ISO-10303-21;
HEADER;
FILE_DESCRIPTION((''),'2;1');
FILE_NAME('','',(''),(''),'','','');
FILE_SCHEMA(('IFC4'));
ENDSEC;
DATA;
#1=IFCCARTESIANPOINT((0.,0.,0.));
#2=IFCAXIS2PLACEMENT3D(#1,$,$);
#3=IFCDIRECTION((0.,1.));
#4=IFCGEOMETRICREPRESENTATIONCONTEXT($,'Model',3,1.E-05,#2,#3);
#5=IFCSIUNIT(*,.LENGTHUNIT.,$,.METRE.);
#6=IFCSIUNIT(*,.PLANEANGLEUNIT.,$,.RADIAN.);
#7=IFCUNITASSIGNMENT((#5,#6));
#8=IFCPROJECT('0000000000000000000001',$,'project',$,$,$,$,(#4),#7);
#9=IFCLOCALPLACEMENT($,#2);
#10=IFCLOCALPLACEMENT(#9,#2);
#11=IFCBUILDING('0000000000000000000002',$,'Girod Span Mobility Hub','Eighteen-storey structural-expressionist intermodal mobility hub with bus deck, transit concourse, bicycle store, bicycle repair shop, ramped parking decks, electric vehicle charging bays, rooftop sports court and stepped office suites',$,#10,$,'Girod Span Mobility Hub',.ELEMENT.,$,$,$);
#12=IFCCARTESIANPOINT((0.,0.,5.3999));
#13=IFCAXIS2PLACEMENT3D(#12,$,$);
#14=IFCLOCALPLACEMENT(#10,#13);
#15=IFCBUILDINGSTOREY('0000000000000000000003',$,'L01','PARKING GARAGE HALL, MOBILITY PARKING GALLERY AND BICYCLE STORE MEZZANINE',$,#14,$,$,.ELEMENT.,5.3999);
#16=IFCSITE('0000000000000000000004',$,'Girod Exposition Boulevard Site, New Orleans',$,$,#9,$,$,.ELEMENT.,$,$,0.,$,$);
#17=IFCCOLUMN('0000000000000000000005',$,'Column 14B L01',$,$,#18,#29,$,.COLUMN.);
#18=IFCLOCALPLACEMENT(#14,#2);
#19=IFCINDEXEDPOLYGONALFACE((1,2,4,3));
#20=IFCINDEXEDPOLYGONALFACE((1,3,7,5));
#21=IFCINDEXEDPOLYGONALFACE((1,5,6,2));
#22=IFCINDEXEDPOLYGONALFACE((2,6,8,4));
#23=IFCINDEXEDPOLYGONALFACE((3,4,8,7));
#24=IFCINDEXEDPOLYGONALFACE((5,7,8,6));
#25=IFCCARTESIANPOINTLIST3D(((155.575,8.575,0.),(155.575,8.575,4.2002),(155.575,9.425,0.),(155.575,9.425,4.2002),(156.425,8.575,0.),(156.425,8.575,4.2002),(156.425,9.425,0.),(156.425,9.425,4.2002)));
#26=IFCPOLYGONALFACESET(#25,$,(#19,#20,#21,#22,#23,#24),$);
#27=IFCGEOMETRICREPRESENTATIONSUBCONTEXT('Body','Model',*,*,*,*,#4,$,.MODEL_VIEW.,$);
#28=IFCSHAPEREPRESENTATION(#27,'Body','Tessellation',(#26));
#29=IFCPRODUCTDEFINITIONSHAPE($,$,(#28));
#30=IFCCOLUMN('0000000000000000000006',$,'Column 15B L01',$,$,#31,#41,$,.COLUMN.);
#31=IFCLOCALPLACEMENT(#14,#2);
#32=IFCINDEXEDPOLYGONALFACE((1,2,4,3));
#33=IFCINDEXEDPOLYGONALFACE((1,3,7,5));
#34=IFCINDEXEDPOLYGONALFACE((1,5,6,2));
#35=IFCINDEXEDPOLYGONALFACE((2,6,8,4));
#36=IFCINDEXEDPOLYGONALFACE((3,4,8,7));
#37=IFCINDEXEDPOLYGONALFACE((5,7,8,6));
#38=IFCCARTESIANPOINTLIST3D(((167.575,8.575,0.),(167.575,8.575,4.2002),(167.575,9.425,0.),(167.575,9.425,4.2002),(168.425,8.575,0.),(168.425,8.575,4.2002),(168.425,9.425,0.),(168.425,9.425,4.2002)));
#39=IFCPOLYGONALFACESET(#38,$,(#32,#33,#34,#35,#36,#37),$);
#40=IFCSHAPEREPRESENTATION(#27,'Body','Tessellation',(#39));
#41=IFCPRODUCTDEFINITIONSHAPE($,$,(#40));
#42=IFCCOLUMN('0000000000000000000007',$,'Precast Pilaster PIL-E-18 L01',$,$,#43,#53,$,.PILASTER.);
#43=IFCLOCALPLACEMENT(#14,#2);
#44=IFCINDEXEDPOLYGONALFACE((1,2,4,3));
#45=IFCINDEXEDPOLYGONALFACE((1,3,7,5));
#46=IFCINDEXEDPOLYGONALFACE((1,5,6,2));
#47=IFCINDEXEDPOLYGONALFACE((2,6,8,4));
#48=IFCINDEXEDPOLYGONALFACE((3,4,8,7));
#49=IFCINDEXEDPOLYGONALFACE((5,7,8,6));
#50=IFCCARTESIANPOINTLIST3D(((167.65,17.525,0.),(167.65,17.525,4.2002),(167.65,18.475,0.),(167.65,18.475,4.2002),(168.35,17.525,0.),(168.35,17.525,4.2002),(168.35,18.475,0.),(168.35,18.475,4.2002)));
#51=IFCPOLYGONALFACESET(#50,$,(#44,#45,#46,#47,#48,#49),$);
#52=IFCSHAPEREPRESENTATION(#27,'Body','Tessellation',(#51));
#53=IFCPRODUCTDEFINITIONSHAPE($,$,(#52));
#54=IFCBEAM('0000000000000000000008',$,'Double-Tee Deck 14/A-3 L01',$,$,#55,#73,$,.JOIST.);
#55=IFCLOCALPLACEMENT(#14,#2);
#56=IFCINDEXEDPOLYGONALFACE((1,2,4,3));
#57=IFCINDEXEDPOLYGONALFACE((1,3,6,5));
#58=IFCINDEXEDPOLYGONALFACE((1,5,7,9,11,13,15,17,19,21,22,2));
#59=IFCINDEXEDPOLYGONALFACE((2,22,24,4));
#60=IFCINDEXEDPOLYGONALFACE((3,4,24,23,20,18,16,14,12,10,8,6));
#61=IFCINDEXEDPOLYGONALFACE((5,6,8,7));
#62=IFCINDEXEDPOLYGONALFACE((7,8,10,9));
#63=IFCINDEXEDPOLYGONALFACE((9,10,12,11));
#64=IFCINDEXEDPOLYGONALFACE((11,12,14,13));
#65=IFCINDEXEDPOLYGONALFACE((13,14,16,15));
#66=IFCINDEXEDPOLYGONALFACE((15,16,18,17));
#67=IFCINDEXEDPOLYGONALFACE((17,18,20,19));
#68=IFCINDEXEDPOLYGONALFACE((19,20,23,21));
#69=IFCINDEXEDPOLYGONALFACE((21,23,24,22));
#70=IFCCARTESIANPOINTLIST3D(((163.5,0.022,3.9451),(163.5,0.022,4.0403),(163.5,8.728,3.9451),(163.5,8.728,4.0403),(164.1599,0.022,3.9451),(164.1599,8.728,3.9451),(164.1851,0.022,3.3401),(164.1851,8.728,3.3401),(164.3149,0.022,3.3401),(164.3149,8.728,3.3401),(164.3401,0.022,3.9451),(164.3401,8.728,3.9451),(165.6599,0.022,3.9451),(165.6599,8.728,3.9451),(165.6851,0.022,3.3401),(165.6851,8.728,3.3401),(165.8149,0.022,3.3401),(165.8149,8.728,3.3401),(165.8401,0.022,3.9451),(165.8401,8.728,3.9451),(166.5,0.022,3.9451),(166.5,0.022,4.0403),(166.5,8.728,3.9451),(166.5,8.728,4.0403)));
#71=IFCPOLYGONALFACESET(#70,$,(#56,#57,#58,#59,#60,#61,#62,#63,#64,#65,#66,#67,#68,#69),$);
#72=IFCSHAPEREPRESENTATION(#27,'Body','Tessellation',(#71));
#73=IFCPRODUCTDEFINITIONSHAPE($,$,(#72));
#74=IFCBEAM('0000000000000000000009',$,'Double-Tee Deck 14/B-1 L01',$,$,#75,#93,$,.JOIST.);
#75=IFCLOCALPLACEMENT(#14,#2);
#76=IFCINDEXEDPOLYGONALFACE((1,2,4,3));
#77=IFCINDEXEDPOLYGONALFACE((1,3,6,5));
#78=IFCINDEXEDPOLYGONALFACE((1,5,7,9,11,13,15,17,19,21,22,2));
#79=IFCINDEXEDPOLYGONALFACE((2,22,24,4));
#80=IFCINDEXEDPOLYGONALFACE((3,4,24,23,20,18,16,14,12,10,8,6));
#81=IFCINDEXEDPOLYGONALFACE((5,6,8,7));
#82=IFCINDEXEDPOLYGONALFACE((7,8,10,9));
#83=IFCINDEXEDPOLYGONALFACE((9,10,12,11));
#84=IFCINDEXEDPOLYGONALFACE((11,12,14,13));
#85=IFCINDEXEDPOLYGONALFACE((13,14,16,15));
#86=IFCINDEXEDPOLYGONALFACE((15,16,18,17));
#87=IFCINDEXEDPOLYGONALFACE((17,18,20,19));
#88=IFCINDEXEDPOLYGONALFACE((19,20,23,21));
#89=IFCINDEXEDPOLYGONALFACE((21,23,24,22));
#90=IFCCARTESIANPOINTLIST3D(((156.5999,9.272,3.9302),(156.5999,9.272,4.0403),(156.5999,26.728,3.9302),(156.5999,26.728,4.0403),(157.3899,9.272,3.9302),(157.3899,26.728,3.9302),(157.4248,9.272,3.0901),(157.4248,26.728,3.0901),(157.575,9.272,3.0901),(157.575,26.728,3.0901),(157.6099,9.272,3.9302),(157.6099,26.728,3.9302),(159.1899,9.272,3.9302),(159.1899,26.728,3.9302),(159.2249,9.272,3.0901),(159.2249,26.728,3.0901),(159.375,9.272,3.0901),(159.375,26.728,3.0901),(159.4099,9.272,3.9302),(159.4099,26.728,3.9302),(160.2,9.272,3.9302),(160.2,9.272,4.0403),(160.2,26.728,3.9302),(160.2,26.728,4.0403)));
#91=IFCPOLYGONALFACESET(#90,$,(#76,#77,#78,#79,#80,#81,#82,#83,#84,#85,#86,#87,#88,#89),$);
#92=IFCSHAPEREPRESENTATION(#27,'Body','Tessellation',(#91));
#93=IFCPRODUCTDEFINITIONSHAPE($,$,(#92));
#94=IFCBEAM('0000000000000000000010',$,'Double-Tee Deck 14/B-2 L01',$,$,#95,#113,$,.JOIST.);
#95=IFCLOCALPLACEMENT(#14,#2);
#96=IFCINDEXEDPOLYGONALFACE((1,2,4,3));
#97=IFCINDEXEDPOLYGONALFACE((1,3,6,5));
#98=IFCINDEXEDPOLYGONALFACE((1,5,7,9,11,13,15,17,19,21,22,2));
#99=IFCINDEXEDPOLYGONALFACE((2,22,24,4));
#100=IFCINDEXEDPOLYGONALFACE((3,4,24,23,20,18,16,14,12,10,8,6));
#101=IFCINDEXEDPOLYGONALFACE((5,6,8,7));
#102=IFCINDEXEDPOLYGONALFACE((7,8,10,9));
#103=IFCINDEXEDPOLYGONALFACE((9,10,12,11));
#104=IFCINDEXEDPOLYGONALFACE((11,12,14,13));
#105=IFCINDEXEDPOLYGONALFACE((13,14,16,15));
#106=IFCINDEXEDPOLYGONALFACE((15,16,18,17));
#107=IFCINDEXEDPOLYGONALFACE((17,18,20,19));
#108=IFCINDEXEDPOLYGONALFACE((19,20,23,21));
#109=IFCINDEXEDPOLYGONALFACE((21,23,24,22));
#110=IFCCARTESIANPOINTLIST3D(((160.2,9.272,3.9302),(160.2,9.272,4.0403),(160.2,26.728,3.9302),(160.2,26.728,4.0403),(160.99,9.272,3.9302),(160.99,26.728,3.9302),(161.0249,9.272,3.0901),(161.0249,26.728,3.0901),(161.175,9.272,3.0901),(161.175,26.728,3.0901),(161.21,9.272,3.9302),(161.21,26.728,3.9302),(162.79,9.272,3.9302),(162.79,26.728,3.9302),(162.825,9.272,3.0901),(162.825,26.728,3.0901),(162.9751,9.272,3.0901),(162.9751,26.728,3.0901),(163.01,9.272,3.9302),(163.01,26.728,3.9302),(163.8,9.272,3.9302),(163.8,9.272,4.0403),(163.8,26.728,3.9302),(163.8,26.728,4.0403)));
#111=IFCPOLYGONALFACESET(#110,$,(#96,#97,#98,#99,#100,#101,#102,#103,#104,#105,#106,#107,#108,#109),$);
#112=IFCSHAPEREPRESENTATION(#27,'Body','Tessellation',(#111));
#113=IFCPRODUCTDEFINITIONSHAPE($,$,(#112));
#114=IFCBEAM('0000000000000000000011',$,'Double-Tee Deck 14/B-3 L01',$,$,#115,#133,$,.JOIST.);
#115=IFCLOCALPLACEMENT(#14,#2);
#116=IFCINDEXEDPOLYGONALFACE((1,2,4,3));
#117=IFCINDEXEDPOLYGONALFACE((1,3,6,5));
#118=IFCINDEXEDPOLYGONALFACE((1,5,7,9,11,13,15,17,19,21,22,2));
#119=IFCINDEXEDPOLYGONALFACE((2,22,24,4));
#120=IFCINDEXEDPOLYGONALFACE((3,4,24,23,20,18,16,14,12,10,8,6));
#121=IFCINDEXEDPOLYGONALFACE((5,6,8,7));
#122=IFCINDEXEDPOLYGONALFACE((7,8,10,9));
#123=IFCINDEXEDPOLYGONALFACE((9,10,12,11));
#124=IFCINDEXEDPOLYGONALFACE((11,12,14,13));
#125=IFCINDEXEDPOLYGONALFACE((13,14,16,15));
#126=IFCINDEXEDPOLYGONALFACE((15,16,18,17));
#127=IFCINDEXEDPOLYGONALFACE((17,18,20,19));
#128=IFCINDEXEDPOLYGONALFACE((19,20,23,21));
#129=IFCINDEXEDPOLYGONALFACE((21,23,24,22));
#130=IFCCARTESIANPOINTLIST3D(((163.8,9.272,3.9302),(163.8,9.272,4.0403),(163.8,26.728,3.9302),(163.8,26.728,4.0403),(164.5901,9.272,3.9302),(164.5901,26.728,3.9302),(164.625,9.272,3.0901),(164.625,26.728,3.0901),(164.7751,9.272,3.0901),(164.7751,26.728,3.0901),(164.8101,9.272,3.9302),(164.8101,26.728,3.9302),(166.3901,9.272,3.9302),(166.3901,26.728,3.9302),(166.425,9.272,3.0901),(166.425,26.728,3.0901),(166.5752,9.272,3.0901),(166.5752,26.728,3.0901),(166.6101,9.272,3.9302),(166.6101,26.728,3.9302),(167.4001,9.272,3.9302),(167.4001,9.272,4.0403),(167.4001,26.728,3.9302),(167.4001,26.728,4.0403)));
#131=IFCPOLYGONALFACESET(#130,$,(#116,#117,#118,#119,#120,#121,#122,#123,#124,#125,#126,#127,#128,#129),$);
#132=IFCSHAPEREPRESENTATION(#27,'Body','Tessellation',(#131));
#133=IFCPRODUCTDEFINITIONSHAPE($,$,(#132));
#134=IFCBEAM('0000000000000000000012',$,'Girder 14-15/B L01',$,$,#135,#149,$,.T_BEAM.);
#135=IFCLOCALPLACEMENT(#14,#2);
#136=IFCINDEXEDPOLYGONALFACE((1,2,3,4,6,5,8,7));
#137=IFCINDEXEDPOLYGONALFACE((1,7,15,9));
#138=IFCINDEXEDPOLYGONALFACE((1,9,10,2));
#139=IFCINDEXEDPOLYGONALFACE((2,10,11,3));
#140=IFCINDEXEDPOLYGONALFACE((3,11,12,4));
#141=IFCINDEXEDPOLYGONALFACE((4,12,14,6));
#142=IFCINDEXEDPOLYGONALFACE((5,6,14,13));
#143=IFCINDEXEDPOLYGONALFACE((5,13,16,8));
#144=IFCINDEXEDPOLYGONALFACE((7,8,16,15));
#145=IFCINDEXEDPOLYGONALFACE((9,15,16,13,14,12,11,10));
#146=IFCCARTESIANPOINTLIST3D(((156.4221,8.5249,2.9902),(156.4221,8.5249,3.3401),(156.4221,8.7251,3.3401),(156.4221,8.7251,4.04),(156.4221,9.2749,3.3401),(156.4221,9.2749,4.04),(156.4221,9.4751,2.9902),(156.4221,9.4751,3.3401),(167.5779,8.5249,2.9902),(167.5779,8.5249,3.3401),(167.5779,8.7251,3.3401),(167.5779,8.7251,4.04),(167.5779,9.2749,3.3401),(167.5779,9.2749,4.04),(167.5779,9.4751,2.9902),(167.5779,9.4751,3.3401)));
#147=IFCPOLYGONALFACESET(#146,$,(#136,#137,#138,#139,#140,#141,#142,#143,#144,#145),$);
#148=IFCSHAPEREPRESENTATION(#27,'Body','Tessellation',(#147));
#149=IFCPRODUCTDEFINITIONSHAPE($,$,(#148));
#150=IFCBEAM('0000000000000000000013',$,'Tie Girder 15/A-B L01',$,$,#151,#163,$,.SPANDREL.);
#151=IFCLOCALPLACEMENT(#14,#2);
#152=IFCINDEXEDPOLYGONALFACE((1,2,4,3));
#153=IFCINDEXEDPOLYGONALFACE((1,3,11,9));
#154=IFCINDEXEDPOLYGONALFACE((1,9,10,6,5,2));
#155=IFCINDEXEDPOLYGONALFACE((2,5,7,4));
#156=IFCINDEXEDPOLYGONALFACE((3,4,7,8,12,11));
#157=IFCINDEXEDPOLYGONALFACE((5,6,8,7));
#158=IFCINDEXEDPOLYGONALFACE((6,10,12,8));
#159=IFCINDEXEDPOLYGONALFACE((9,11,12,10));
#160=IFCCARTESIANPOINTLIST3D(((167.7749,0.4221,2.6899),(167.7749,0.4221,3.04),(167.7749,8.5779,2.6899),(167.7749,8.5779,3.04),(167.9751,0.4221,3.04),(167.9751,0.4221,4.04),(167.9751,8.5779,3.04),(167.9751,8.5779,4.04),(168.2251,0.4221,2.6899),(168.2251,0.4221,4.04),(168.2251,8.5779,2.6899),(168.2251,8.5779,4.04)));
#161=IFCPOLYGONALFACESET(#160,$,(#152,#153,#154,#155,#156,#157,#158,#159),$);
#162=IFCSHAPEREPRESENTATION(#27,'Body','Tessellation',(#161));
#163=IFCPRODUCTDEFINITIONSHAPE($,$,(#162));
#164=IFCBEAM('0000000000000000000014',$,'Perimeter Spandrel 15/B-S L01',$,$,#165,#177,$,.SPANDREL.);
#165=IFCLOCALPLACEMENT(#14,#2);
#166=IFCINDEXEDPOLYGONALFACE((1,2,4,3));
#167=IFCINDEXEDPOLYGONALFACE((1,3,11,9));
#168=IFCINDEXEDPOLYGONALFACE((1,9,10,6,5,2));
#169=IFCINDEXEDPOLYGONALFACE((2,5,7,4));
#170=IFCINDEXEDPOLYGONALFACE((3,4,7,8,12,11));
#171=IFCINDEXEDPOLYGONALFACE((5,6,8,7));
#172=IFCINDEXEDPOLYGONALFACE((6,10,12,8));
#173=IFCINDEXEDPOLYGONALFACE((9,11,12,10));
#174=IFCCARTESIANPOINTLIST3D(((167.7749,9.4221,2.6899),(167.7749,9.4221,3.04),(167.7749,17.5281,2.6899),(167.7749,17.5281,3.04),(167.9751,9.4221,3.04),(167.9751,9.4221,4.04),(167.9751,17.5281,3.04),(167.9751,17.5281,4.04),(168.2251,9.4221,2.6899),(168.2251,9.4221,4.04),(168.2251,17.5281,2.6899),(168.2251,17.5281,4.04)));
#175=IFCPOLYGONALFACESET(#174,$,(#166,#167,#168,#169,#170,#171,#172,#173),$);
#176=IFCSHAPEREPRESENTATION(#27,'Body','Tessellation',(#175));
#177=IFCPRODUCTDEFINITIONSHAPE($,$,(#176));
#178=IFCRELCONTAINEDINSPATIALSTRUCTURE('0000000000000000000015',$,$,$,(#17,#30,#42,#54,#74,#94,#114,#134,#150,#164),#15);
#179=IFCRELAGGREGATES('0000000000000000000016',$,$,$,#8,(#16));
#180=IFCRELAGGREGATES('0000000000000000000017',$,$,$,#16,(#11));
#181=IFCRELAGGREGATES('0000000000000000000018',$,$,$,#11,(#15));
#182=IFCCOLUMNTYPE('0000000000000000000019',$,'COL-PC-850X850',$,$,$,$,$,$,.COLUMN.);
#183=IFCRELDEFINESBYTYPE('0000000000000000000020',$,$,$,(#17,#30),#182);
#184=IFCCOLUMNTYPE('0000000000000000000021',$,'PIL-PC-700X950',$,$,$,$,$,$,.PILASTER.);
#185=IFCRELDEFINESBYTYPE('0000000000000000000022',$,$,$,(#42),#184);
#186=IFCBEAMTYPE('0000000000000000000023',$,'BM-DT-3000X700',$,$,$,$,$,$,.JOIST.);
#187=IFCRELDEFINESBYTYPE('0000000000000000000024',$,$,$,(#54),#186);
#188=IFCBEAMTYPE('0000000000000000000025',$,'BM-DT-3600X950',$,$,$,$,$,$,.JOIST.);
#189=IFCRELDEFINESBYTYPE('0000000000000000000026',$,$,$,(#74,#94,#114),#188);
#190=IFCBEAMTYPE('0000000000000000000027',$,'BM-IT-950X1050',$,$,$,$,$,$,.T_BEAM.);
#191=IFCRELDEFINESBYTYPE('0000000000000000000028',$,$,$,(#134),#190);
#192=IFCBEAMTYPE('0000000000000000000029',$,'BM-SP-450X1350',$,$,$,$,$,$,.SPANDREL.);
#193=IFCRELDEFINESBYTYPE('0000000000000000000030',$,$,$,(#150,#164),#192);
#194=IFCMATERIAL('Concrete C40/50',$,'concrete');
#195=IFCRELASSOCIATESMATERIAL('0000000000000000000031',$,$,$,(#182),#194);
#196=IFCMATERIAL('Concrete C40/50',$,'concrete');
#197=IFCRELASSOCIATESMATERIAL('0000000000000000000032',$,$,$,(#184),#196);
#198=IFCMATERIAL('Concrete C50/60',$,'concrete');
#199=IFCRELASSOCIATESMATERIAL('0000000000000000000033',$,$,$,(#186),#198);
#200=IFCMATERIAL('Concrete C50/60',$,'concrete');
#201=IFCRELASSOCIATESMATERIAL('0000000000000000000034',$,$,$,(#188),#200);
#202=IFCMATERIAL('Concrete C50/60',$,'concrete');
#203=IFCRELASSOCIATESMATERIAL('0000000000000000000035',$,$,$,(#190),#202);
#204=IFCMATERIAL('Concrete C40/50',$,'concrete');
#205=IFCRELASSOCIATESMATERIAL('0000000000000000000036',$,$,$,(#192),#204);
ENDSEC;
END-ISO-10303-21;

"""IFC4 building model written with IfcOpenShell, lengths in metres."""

from ifc_helpers import new_model, si_unit, direction, frame, origin, origin_2d, place, context, subcontext, project, spatial, polyline, rectangle, outline, extrude, material, material_profile, profile_set, type_object, element, save


model = new_model("IFC4")

# Units and contexts
model_context = context("Model", 3, precision=1e-05, world=origin(), true_north=direction((0.0, 1.0)))
body_context = subcontext(model_context, "Body", "Model", "MODEL_VIEW")
ifc_project = project(units=[si_unit("LENGTHUNIT", "METRE"), si_unit("PLANEANGLEUNIT", "RADIAN")], contexts=[model_context])

# Site, building, storey
site_placement = place(None, origin())
site = spatial("IfcSite", under=ifc_project, at=site_placement, Name="Girod Exposition Boulevard Site, New Orleans", CompositionType="ELEMENT", RefElevation=0.0)
building_placement = place(site_placement, origin())
building = spatial("IfcBuilding", under=site, at=building_placement, Name="Girod Span Mobility Hub", Description="Eighteen-storey structural-expressionist intermodal mobility hub with bus deck, transit concourse, bicycle store, bicycle repair shop, ramped parking decks, electric vehicle charging bays, rooftop sports court and stepped office suites", LongName="Girod Span Mobility Hub", CompositionType="ELEMENT")
storey_placement = place(building_placement, frame((0.0, 0.0, 5.3999)))
storey = spatial("IfcBuildingStorey", under=building, at=storey_placement, Name="L01", Description="PARKING GARAGE HALL, MOBILITY PARKING GALLERY AND BICYCLE STORE MEZZANINE", CompositionType="ELEMENT", Elevation=5.3999)

# Columns
ifc_material_1 = material(Name="Concrete C40/50", Category="concrete")
ifc_material_profile_1 = material_profile(ifc_material_1, rectangle(XDim=0.8501, YDim=0.8501, at=origin_2d()), Name="PC-COL-850X850")
ifc_profile_set_1 = profile_set([ifc_material_profile_1], Name="Concrete C40/50")
column_type_1 = type_object("IfcColumnType", Name="COL-PC-850X850", PredefinedType="COLUMN", material=ifc_profile_set_1)
for number, where, z_axis, x_axis, name in (
    (1, (156.0, 9.0, 0.0), (0.0, 0.0, 1.0), (1.0, 0.0, 0.0), "Column 14B L01"),
    (2, (168.0, 9.0, 0.0), (0.0, 0.0, 1.0), (1.0, 0.0, 0.0), "Column 15B L01"),
):
    element("IfcColumn", number, at=place(storey_placement, frame(where, z_axis=z_axis, x_axis=x_axis)), inside=storey, type_object=column_type_1, Name=name, PredefinedType="COLUMN", context=body_context, shape_type="SweptSolid", body=[
        extrude(rectangle(XDim=0.8501, YDim=0.8501, at=origin_2d()), origin(), (0.0, 0.0, 1.0), 4.2002),
    ])
ifc_material_2 = material(Name="Concrete C40/50", Category="concrete")
ifc_material_profile_2 = material_profile(ifc_material_2, rectangle(XDim=0.7, YDim=0.95, at=origin_2d()), Name="PC-PIL-700X950")
ifc_profile_set_2 = profile_set([ifc_material_profile_2], Name="Concrete C40/50")
column_type_2 = type_object("IfcColumnType", Name="PIL-PC-700X950", PredefinedType="PILASTER", material=ifc_profile_set_2)
column_placement = place(storey_placement, frame((168.0, 18.0, 0.0), z_axis=(0.0, 0.0, 1.0), x_axis=(1.0, 0.0, 0.0)))
element("IfcColumn", 3, at=column_placement, inside=storey, type_object=column_type_2, Name="Precast Pilaster PIL-E-18 L01", PredefinedType="PILASTER", context=body_context, shape_type="SweptSolid", body=[
    extrude(rectangle(XDim=0.7, YDim=0.95, at=origin_2d()), origin(), (0.0, 0.0, 1.0), 4.2002),
])

# Beams
ifc_material_3 = material(Name="Concrete C50/60", Category="concrete")
ifc_material_profile_3 = material_profile(ifc_material_3, outline(polyline([(-1.5, 0.3501), (-1.5, 0.2549), (-0.8401, 0.2549), (-0.8149, -0.3501), (-0.6851, -0.3501), (-0.6599, 0.2549), (0.6599, 0.2549), (0.6851, -0.3501), (0.8149, -0.3501), (0.8401, 0.2549), (1.5, 0.2549), (1.5, 0.3501), (-1.5, 0.3501)])), Name="DT-3000X700")
ifc_profile_set_3 = profile_set([ifc_material_profile_3], Name="Concrete C50/60")
beam_type_1 = type_object("IfcBeamType", Name="BM-DT-3000X700", PredefinedType="JOIST", material=ifc_profile_set_3)
beam_1_placement = place(storey_placement, frame((165.0, 0.022, 3.6902), z_axis=(0.0, 1.0, 0.0), x_axis=(-1.0, 0.0, 0.0)))
element("IfcBeam", 4, at=beam_1_placement, inside=storey, type_object=beam_type_1, Name="Double-Tee Deck 14/A-3 L01", PredefinedType="JOIST", context=body_context, shape_type="SweptSolid", body=[
    extrude(outline(polyline([(-1.5, 0.3501), (-1.5, 0.2549), (-0.8401, 0.2549), (-0.8149, -0.3501), (-0.6851, -0.3501), (-0.6599, 0.2549), (0.6599, 0.2549), (0.6851, -0.3501), (0.8149, -0.3501), (0.8401, 0.2549), (1.5, 0.2549), (1.5, 0.3501), (-1.5, 0.3501)])), origin(), (0.0, 0.0, 1.0), 8.7061),
])
ifc_material_4 = material(Name="Concrete C50/60", Category="concrete")
ifc_material_profile_4 = material_profile(ifc_material_4, outline(polyline([(-1.8, 0.4751), (-1.8, 0.365), (-1.01, 0.365), (-0.9751, -0.4751), (-0.825, -0.4751), (-0.79, 0.365), (0.79, 0.365), (0.825, -0.4751), (0.9751, -0.4751), (1.01, 0.365), (1.8, 0.365), (1.8, 0.4751), (-1.8, 0.4751)])), Name="DT-3600X950")
ifc_profile_set_4 = profile_set([ifc_material_profile_4], Name="Concrete C50/60")
beam_type_2 = type_object("IfcBeamType", Name="BM-DT-3600X950", PredefinedType="JOIST", material=ifc_profile_set_4)
for number, where, z_axis, x_axis, name in (
    (5, (158.3999, 9.272, 3.5652), (0.0, 1.0, 0.0), (-1.0, 0.0, 0.0), "Double-Tee Deck 14/B-1 L01"),
    (6, (162.0, 9.272, 3.5652), (0.0, 1.0, 0.0), (-1.0, 0.0, 0.0), "Double-Tee Deck 14/B-2 L01"),
    (7, (165.6001, 9.272, 3.5652), (0.0, 1.0, 0.0), (-1.0, 0.0, 0.0), "Double-Tee Deck 14/B-3 L01"),
):
    element("IfcBeam", number, at=place(storey_placement, frame(where, z_axis=z_axis, x_axis=x_axis)), inside=storey, type_object=beam_type_2, Name=name, PredefinedType="JOIST", context=body_context, shape_type="SweptSolid", body=[
        extrude(outline(polyline([(-1.8, 0.4751), (-1.8, 0.365), (-1.01, 0.365), (-0.9751, -0.4751), (-0.825, -0.4751), (-0.79, 0.365), (0.79, 0.365), (0.825, -0.4751), (0.9751, -0.4751), (1.01, 0.365), (1.8, 0.365), (1.8, 0.4751), (-1.8, 0.4751)])), origin(), (0.0, 0.0, 1.0), 17.4561),
    ])
ifc_material_5 = material(Name="Concrete C50/60", Category="concrete")
ifc_material_profile_5 = material_profile(ifc_material_5, outline(polyline([(-0.4751, -0.5249), (0.4751, -0.5249), (0.4751, -0.175), (0.2749, -0.175), (0.2749, 0.5249), (-0.2749, 0.5249), (-0.2749, -0.175), (-0.4751, -0.175), (-0.4751, -0.5249)])), Name="IT-950X1050")
ifc_profile_set_5 = profile_set([ifc_material_profile_5], Name="Concrete C50/60")
beam_type_3 = type_object("IfcBeamType", Name="BM-IT-950X1050", PredefinedType="T_BEAM", material=ifc_profile_set_5)
beam_2_placement = place(storey_placement, frame((156.4221, 9.0, 3.5151), z_axis=(1.0, 0.0, 0.0), x_axis=(0.0, 1.0, 0.0)))
element("IfcBeam", 8, at=beam_2_placement, inside=storey, type_object=beam_type_3, Name="Girder 14-15/B L01", PredefinedType="T_BEAM", context=body_context, shape_type="SweptSolid", body=[
    extrude(outline(polyline([(-0.4751, -0.5249), (0.4751, -0.5249), (0.4751, -0.175), (0.2749, -0.175), (0.2749, 0.5249), (-0.2749, 0.5249), (-0.2749, -0.175), (-0.4751, -0.175), (-0.4751, -0.5249)])), origin(), (0.0, 0.0, 1.0), 11.1558),
])
ifc_material_6 = material(Name="Concrete C40/50", Category="concrete")
ifc_material_profile_6 = material_profile(ifc_material_6, outline(polyline([(-0.2251, -0.675), (0.2251, -0.675), (0.2251, -0.325), (0.0249, -0.325), (0.0249, 0.675), (-0.2251, 0.675), (-0.2251, -0.675)])), Name="SP-450X1350")
ifc_profile_set_6 = profile_set([ifc_material_profile_6], Name="Concrete C40/50")
beam_type_4 = type_object("IfcBeamType", Name="BM-SP-450X1350", PredefinedType="SPANDREL", material=ifc_profile_set_6)
beam_3_placement = place(storey_placement, frame((168.0, 0.4221, 3.365), z_axis=(0.0, 1.0, 0.0), x_axis=(-1.0, 0.0, 0.0)))
element("IfcBeam", 9, at=beam_3_placement, inside=storey, type_object=beam_type_4, Name="Tie Girder 15/A-B L01", PredefinedType="SPANDREL", context=body_context, shape_type="SweptSolid", body=[
    extrude(outline(polyline([(-0.2251, -0.675), (0.2251, -0.675), (0.2251, -0.325), (0.0249, -0.325), (0.0249, 0.675), (-0.2251, 0.675), (-0.2251, -0.675)])), origin(), (0.0, 0.0, 1.0), 8.1558),
])
for number, where, z_axis, x_axis, name in (
    (10, (168.0, 9.4221, 3.365), (0.0, 1.0, 0.0), (-1.0, 0.0, 0.0), "Perimeter Spandrel 15/B-S L01"),
):
    element("IfcBeam", number, at=place(storey_placement, frame(where, z_axis=z_axis, x_axis=x_axis)), inside=storey, type_object=beam_type_4, Name=name, PredefinedType="SPANDREL", context=body_context, shape_type="SweptSolid", body=[
        extrude(outline(polyline([(-0.2251, -0.675), (0.2251, -0.675), (0.2251, -0.325), (0.0249, -0.325), (0.0249, 0.675), (-0.2251, 0.675), (-0.2251, -0.675)])), origin(), (0.0, 0.0, 1.0), 8.106),
    ])

save(model, "model.ifc")
